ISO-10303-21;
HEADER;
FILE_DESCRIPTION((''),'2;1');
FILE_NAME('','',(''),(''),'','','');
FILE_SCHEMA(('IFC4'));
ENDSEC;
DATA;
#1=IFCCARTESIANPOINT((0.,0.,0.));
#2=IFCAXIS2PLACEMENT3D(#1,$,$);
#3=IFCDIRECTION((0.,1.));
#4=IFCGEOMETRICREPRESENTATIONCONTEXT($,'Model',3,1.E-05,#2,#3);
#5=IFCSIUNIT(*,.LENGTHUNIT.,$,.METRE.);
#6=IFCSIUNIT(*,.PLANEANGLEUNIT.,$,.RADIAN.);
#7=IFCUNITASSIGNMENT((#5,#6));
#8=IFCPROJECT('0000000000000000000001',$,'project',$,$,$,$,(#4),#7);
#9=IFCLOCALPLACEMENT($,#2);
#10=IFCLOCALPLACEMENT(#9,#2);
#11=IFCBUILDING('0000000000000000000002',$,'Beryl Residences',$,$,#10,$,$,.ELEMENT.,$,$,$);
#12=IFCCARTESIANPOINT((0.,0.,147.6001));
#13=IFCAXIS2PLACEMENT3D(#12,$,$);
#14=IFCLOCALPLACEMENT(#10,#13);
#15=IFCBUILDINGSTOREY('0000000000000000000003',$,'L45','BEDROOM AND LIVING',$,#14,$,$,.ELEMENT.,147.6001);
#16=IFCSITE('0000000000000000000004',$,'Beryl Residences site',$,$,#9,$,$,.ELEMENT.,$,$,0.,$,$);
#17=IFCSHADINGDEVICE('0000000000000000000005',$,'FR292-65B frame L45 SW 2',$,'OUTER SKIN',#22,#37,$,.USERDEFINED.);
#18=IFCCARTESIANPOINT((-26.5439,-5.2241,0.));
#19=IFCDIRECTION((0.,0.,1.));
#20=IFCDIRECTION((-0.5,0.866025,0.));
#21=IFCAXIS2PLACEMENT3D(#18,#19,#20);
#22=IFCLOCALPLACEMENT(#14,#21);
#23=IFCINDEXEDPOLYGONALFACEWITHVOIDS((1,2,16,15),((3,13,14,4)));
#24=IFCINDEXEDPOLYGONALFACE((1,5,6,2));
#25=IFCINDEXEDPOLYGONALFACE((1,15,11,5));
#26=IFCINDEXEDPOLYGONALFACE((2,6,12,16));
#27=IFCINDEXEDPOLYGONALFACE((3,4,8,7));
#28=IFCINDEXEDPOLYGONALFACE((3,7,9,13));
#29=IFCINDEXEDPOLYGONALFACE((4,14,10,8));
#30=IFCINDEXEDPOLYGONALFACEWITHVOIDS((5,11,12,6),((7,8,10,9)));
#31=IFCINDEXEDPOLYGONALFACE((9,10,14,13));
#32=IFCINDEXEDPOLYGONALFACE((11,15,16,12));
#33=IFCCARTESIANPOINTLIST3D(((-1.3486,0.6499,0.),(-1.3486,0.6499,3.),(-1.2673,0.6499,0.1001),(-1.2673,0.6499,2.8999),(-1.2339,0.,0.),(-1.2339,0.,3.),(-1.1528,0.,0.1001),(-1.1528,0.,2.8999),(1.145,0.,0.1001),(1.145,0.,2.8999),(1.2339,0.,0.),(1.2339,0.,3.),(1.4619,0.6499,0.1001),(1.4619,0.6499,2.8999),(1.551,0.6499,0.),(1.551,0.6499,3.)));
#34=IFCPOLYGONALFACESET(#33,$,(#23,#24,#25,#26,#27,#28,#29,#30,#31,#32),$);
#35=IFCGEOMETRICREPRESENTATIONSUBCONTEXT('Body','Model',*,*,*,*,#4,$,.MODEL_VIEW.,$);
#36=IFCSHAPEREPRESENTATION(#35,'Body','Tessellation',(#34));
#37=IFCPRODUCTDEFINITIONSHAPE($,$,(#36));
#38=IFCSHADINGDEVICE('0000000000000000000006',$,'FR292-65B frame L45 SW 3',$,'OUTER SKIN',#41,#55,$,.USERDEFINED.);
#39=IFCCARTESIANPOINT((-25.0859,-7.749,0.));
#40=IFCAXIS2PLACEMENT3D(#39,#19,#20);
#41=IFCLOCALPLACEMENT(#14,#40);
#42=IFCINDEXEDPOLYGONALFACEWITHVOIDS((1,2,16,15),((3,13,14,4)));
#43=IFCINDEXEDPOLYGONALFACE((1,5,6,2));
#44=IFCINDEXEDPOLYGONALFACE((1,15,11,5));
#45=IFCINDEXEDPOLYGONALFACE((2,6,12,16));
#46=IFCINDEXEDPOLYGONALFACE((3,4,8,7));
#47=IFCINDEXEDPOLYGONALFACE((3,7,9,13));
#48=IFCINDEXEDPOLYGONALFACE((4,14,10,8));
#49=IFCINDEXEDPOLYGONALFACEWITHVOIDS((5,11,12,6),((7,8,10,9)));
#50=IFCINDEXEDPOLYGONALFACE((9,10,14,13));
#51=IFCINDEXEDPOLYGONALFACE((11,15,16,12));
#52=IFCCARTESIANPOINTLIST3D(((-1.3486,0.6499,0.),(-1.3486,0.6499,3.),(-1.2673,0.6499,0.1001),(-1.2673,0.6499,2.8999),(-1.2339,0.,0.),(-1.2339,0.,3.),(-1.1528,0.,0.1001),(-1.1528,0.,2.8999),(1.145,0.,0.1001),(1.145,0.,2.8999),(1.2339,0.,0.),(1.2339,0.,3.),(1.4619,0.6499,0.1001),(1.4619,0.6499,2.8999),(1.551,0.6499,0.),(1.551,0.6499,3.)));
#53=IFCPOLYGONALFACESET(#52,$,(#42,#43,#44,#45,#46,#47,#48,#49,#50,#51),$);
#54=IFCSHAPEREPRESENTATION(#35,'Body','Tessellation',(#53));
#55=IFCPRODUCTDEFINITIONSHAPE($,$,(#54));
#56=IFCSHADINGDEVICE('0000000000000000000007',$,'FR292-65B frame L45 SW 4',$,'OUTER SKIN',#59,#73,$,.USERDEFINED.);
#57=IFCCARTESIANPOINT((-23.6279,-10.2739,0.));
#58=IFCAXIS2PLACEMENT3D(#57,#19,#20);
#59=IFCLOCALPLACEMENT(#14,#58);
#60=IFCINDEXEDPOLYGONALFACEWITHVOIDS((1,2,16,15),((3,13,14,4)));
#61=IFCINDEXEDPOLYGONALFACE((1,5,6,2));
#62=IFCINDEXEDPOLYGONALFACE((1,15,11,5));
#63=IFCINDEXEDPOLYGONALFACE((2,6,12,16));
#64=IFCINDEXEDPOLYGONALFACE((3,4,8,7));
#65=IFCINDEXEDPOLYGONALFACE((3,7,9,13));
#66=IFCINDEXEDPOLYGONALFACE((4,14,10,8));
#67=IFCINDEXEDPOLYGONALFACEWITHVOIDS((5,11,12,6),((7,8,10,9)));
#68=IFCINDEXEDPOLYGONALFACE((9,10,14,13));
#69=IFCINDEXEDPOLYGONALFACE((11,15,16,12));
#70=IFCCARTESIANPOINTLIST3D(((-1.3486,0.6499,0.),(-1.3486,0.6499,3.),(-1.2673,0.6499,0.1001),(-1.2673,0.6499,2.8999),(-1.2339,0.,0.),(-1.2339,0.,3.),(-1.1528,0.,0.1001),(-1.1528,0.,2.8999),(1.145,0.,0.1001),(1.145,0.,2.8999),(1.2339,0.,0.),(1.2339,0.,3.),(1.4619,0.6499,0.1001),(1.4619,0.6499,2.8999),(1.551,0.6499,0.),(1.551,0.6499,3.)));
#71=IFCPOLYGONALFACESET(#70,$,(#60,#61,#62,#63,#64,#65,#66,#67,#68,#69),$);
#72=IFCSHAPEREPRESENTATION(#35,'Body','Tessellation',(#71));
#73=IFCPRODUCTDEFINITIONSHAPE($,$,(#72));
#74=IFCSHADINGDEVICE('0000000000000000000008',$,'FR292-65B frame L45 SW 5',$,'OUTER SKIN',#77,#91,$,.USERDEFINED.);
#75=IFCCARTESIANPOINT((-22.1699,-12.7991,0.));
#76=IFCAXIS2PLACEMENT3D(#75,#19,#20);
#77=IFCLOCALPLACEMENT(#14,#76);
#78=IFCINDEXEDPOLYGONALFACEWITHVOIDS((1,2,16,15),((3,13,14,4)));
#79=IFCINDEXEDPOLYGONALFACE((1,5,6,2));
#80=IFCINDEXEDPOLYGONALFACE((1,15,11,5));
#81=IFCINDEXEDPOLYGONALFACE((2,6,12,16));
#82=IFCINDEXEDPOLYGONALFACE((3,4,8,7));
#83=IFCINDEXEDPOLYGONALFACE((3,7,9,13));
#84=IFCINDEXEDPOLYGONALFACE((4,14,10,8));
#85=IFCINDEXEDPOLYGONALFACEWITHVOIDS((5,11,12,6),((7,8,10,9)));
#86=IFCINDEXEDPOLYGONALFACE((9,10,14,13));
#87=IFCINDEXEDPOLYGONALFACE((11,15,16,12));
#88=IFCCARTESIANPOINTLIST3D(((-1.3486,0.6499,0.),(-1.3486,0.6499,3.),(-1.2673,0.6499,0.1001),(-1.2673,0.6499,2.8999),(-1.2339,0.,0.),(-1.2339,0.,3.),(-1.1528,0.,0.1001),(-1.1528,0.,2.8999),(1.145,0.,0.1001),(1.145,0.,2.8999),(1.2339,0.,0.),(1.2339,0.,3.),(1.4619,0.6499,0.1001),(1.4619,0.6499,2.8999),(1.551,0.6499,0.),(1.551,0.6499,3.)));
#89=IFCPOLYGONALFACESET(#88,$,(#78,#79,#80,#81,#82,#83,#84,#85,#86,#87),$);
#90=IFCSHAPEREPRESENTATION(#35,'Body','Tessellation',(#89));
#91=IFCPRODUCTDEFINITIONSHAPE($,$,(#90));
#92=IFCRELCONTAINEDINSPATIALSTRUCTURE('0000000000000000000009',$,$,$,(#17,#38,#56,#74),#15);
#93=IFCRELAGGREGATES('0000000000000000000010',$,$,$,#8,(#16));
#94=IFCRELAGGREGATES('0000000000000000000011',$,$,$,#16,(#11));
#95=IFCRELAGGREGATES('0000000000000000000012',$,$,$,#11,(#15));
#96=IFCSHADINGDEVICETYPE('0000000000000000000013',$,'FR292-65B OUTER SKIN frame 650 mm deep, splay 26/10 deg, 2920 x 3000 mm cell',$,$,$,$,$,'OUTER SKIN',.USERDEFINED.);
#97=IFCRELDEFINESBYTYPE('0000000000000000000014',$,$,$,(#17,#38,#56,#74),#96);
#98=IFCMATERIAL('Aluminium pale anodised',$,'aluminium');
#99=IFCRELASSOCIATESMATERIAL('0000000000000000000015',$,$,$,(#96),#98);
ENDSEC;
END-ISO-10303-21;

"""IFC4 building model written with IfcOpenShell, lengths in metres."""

from ifc_helpers import new_model, entity, si_unit, direction, frame, origin, place, context, subcontext, project, spatial, source, transform, mapped, material, type_object, type_shapes, element, save


model = new_model("IFC4")

# Units and contexts
model_context = context("Model", 3, precision=1e-05, world=origin(), true_north=direction((0.0, 1.0)))
body_context = subcontext(model_context, "Body", "Model", "MODEL_VIEW")
ifc_project = project(units=[si_unit("LENGTHUNIT", "METRE"), si_unit("PLANEANGLEUNIT", "RADIAN")], contexts=[model_context])

# Site, building, storey
site_placement = place(None, origin())
site = spatial("IfcSite", under=ifc_project, at=site_placement, Name="Beryl Residences site", CompositionType="ELEMENT", RefElevation=0.0)
building_placement = place(site_placement, origin())
building = spatial("IfcBuilding", under=site, at=building_placement, Name="Beryl Residences", CompositionType="ELEMENT")
storey_placement = place(building_placement, frame((0.0, 0.0, 147.6001)))
storey = spatial("IfcBuildingStorey", under=building, at=storey_placement, Name="L45", Description="BEDROOM AND LIVING", CompositionType="ELEMENT", Elevation=147.6001)

# Shading devices
ifc_material_1 = material(Name="Aluminium pale anodised", Category="aluminium")
shading_device_type = type_object("IfcShadingDeviceType", Name="FR292-65B OUTER SKIN frame 650 mm deep, splay 26/10 deg, 2920 x 3000 mm cell", ElementType="OUTER SKIN", PredefinedType="USERDEFINED", material=ifc_material_1)
cartesian_point_1 = entity("IfcCartesianPoint", [-1.2339, 0.0])
cartesian_point_2 = entity("IfcCartesianPoint", [-1.145, 0.1001])
cartesian_point_3 = entity("IfcCartesianPoint", [-1.551, 0.0])
cartesian_point_4 = entity("IfcCartesianPoint", [-1.4619, 0.1001])
shared_shape = source(origin(), body_context, "Body", "SweptSolid", [
    entity("IfcExtrudedAreaSolidTapered", entity("IfcArbitraryProfileDefWithVoids", "AREA", None, entity("IfcPolyline", [cartesian_point_1, entity("IfcCartesianPoint", [1.2339, 0.0]), entity("IfcCartesianPoint", [1.2339, 3.0]), entity("IfcCartesianPoint", [-1.2339, 3.0]), cartesian_point_1]), [entity("IfcPolyline", [cartesian_point_2, entity("IfcCartesianPoint", [1.1528, 0.1001]), entity("IfcCartesianPoint", [1.1528, 2.8999]), entity("IfcCartesianPoint", [-1.145, 2.8999]), cartesian_point_2])]), entity("IfcAxis2Placement3D", entity("IfcCartesianPoint", [0.0, 0.0, 0.0]), entity("IfcDirection", [0.0, 1.0, 0.0]), entity("IfcDirection", [-1.0, 0.0, 0.0])), entity("IfcDirection", [0.0, 0.0, 1.0]), 0.6499, entity("IfcArbitraryProfileDefWithVoids", "AREA", None, entity("IfcPolyline", [cartesian_point_3, entity("IfcCartesianPoint", [1.3486, 0.0]), entity("IfcCartesianPoint", [1.3486, 3.0]), entity("IfcCartesianPoint", [-1.551, 3.0]), cartesian_point_3]), [entity("IfcPolyline", [cartesian_point_4, entity("IfcCartesianPoint", [1.2673, 0.1001]), entity("IfcCartesianPoint", [1.2673, 2.8999]), entity("IfcCartesianPoint", [-1.4619, 2.8999]), cartesian_point_4])])),
])
type_shapes(shading_device_type, [shared_shape])
for number, where, z_axis, x_axis, name in (
    (1, (-26.5439, -5.2241, 0.0), (0.0, 0.0, 1.0), (-0.5, 0.866025, 0.0), "FR292-65B frame L45 SW 2"),
    (2, (-25.0859, -7.749, 0.0), (0.0, 0.0, 1.0), (-0.5, 0.866025, 0.0), "FR292-65B frame L45 SW 3"),
    (3, (-23.6279, -10.2739, 0.0), (0.0, 0.0, 1.0), (-0.5, 0.866025, 0.0), "FR292-65B frame L45 SW 4"),
    (4, (-22.1699, -12.7991, 0.0), (0.0, 0.0, 1.0), (-0.5, 0.866025, 0.0), "FR292-65B frame L45 SW 5"),
):
    element("IfcShadingDevice", number, at=place(storey_placement, frame(where, z_axis=z_axis, x_axis=x_axis)), inside=storey, type_object=shading_device_type, Name=name, ObjectType="OUTER SKIN", PredefinedType="USERDEFINED", context=body_context, shape_type="MappedRepresentation", body=[
        mapped(shared_shape, transform((0.0, 0.0, 0.0))),
    ])

save(model, "model.ifc")
